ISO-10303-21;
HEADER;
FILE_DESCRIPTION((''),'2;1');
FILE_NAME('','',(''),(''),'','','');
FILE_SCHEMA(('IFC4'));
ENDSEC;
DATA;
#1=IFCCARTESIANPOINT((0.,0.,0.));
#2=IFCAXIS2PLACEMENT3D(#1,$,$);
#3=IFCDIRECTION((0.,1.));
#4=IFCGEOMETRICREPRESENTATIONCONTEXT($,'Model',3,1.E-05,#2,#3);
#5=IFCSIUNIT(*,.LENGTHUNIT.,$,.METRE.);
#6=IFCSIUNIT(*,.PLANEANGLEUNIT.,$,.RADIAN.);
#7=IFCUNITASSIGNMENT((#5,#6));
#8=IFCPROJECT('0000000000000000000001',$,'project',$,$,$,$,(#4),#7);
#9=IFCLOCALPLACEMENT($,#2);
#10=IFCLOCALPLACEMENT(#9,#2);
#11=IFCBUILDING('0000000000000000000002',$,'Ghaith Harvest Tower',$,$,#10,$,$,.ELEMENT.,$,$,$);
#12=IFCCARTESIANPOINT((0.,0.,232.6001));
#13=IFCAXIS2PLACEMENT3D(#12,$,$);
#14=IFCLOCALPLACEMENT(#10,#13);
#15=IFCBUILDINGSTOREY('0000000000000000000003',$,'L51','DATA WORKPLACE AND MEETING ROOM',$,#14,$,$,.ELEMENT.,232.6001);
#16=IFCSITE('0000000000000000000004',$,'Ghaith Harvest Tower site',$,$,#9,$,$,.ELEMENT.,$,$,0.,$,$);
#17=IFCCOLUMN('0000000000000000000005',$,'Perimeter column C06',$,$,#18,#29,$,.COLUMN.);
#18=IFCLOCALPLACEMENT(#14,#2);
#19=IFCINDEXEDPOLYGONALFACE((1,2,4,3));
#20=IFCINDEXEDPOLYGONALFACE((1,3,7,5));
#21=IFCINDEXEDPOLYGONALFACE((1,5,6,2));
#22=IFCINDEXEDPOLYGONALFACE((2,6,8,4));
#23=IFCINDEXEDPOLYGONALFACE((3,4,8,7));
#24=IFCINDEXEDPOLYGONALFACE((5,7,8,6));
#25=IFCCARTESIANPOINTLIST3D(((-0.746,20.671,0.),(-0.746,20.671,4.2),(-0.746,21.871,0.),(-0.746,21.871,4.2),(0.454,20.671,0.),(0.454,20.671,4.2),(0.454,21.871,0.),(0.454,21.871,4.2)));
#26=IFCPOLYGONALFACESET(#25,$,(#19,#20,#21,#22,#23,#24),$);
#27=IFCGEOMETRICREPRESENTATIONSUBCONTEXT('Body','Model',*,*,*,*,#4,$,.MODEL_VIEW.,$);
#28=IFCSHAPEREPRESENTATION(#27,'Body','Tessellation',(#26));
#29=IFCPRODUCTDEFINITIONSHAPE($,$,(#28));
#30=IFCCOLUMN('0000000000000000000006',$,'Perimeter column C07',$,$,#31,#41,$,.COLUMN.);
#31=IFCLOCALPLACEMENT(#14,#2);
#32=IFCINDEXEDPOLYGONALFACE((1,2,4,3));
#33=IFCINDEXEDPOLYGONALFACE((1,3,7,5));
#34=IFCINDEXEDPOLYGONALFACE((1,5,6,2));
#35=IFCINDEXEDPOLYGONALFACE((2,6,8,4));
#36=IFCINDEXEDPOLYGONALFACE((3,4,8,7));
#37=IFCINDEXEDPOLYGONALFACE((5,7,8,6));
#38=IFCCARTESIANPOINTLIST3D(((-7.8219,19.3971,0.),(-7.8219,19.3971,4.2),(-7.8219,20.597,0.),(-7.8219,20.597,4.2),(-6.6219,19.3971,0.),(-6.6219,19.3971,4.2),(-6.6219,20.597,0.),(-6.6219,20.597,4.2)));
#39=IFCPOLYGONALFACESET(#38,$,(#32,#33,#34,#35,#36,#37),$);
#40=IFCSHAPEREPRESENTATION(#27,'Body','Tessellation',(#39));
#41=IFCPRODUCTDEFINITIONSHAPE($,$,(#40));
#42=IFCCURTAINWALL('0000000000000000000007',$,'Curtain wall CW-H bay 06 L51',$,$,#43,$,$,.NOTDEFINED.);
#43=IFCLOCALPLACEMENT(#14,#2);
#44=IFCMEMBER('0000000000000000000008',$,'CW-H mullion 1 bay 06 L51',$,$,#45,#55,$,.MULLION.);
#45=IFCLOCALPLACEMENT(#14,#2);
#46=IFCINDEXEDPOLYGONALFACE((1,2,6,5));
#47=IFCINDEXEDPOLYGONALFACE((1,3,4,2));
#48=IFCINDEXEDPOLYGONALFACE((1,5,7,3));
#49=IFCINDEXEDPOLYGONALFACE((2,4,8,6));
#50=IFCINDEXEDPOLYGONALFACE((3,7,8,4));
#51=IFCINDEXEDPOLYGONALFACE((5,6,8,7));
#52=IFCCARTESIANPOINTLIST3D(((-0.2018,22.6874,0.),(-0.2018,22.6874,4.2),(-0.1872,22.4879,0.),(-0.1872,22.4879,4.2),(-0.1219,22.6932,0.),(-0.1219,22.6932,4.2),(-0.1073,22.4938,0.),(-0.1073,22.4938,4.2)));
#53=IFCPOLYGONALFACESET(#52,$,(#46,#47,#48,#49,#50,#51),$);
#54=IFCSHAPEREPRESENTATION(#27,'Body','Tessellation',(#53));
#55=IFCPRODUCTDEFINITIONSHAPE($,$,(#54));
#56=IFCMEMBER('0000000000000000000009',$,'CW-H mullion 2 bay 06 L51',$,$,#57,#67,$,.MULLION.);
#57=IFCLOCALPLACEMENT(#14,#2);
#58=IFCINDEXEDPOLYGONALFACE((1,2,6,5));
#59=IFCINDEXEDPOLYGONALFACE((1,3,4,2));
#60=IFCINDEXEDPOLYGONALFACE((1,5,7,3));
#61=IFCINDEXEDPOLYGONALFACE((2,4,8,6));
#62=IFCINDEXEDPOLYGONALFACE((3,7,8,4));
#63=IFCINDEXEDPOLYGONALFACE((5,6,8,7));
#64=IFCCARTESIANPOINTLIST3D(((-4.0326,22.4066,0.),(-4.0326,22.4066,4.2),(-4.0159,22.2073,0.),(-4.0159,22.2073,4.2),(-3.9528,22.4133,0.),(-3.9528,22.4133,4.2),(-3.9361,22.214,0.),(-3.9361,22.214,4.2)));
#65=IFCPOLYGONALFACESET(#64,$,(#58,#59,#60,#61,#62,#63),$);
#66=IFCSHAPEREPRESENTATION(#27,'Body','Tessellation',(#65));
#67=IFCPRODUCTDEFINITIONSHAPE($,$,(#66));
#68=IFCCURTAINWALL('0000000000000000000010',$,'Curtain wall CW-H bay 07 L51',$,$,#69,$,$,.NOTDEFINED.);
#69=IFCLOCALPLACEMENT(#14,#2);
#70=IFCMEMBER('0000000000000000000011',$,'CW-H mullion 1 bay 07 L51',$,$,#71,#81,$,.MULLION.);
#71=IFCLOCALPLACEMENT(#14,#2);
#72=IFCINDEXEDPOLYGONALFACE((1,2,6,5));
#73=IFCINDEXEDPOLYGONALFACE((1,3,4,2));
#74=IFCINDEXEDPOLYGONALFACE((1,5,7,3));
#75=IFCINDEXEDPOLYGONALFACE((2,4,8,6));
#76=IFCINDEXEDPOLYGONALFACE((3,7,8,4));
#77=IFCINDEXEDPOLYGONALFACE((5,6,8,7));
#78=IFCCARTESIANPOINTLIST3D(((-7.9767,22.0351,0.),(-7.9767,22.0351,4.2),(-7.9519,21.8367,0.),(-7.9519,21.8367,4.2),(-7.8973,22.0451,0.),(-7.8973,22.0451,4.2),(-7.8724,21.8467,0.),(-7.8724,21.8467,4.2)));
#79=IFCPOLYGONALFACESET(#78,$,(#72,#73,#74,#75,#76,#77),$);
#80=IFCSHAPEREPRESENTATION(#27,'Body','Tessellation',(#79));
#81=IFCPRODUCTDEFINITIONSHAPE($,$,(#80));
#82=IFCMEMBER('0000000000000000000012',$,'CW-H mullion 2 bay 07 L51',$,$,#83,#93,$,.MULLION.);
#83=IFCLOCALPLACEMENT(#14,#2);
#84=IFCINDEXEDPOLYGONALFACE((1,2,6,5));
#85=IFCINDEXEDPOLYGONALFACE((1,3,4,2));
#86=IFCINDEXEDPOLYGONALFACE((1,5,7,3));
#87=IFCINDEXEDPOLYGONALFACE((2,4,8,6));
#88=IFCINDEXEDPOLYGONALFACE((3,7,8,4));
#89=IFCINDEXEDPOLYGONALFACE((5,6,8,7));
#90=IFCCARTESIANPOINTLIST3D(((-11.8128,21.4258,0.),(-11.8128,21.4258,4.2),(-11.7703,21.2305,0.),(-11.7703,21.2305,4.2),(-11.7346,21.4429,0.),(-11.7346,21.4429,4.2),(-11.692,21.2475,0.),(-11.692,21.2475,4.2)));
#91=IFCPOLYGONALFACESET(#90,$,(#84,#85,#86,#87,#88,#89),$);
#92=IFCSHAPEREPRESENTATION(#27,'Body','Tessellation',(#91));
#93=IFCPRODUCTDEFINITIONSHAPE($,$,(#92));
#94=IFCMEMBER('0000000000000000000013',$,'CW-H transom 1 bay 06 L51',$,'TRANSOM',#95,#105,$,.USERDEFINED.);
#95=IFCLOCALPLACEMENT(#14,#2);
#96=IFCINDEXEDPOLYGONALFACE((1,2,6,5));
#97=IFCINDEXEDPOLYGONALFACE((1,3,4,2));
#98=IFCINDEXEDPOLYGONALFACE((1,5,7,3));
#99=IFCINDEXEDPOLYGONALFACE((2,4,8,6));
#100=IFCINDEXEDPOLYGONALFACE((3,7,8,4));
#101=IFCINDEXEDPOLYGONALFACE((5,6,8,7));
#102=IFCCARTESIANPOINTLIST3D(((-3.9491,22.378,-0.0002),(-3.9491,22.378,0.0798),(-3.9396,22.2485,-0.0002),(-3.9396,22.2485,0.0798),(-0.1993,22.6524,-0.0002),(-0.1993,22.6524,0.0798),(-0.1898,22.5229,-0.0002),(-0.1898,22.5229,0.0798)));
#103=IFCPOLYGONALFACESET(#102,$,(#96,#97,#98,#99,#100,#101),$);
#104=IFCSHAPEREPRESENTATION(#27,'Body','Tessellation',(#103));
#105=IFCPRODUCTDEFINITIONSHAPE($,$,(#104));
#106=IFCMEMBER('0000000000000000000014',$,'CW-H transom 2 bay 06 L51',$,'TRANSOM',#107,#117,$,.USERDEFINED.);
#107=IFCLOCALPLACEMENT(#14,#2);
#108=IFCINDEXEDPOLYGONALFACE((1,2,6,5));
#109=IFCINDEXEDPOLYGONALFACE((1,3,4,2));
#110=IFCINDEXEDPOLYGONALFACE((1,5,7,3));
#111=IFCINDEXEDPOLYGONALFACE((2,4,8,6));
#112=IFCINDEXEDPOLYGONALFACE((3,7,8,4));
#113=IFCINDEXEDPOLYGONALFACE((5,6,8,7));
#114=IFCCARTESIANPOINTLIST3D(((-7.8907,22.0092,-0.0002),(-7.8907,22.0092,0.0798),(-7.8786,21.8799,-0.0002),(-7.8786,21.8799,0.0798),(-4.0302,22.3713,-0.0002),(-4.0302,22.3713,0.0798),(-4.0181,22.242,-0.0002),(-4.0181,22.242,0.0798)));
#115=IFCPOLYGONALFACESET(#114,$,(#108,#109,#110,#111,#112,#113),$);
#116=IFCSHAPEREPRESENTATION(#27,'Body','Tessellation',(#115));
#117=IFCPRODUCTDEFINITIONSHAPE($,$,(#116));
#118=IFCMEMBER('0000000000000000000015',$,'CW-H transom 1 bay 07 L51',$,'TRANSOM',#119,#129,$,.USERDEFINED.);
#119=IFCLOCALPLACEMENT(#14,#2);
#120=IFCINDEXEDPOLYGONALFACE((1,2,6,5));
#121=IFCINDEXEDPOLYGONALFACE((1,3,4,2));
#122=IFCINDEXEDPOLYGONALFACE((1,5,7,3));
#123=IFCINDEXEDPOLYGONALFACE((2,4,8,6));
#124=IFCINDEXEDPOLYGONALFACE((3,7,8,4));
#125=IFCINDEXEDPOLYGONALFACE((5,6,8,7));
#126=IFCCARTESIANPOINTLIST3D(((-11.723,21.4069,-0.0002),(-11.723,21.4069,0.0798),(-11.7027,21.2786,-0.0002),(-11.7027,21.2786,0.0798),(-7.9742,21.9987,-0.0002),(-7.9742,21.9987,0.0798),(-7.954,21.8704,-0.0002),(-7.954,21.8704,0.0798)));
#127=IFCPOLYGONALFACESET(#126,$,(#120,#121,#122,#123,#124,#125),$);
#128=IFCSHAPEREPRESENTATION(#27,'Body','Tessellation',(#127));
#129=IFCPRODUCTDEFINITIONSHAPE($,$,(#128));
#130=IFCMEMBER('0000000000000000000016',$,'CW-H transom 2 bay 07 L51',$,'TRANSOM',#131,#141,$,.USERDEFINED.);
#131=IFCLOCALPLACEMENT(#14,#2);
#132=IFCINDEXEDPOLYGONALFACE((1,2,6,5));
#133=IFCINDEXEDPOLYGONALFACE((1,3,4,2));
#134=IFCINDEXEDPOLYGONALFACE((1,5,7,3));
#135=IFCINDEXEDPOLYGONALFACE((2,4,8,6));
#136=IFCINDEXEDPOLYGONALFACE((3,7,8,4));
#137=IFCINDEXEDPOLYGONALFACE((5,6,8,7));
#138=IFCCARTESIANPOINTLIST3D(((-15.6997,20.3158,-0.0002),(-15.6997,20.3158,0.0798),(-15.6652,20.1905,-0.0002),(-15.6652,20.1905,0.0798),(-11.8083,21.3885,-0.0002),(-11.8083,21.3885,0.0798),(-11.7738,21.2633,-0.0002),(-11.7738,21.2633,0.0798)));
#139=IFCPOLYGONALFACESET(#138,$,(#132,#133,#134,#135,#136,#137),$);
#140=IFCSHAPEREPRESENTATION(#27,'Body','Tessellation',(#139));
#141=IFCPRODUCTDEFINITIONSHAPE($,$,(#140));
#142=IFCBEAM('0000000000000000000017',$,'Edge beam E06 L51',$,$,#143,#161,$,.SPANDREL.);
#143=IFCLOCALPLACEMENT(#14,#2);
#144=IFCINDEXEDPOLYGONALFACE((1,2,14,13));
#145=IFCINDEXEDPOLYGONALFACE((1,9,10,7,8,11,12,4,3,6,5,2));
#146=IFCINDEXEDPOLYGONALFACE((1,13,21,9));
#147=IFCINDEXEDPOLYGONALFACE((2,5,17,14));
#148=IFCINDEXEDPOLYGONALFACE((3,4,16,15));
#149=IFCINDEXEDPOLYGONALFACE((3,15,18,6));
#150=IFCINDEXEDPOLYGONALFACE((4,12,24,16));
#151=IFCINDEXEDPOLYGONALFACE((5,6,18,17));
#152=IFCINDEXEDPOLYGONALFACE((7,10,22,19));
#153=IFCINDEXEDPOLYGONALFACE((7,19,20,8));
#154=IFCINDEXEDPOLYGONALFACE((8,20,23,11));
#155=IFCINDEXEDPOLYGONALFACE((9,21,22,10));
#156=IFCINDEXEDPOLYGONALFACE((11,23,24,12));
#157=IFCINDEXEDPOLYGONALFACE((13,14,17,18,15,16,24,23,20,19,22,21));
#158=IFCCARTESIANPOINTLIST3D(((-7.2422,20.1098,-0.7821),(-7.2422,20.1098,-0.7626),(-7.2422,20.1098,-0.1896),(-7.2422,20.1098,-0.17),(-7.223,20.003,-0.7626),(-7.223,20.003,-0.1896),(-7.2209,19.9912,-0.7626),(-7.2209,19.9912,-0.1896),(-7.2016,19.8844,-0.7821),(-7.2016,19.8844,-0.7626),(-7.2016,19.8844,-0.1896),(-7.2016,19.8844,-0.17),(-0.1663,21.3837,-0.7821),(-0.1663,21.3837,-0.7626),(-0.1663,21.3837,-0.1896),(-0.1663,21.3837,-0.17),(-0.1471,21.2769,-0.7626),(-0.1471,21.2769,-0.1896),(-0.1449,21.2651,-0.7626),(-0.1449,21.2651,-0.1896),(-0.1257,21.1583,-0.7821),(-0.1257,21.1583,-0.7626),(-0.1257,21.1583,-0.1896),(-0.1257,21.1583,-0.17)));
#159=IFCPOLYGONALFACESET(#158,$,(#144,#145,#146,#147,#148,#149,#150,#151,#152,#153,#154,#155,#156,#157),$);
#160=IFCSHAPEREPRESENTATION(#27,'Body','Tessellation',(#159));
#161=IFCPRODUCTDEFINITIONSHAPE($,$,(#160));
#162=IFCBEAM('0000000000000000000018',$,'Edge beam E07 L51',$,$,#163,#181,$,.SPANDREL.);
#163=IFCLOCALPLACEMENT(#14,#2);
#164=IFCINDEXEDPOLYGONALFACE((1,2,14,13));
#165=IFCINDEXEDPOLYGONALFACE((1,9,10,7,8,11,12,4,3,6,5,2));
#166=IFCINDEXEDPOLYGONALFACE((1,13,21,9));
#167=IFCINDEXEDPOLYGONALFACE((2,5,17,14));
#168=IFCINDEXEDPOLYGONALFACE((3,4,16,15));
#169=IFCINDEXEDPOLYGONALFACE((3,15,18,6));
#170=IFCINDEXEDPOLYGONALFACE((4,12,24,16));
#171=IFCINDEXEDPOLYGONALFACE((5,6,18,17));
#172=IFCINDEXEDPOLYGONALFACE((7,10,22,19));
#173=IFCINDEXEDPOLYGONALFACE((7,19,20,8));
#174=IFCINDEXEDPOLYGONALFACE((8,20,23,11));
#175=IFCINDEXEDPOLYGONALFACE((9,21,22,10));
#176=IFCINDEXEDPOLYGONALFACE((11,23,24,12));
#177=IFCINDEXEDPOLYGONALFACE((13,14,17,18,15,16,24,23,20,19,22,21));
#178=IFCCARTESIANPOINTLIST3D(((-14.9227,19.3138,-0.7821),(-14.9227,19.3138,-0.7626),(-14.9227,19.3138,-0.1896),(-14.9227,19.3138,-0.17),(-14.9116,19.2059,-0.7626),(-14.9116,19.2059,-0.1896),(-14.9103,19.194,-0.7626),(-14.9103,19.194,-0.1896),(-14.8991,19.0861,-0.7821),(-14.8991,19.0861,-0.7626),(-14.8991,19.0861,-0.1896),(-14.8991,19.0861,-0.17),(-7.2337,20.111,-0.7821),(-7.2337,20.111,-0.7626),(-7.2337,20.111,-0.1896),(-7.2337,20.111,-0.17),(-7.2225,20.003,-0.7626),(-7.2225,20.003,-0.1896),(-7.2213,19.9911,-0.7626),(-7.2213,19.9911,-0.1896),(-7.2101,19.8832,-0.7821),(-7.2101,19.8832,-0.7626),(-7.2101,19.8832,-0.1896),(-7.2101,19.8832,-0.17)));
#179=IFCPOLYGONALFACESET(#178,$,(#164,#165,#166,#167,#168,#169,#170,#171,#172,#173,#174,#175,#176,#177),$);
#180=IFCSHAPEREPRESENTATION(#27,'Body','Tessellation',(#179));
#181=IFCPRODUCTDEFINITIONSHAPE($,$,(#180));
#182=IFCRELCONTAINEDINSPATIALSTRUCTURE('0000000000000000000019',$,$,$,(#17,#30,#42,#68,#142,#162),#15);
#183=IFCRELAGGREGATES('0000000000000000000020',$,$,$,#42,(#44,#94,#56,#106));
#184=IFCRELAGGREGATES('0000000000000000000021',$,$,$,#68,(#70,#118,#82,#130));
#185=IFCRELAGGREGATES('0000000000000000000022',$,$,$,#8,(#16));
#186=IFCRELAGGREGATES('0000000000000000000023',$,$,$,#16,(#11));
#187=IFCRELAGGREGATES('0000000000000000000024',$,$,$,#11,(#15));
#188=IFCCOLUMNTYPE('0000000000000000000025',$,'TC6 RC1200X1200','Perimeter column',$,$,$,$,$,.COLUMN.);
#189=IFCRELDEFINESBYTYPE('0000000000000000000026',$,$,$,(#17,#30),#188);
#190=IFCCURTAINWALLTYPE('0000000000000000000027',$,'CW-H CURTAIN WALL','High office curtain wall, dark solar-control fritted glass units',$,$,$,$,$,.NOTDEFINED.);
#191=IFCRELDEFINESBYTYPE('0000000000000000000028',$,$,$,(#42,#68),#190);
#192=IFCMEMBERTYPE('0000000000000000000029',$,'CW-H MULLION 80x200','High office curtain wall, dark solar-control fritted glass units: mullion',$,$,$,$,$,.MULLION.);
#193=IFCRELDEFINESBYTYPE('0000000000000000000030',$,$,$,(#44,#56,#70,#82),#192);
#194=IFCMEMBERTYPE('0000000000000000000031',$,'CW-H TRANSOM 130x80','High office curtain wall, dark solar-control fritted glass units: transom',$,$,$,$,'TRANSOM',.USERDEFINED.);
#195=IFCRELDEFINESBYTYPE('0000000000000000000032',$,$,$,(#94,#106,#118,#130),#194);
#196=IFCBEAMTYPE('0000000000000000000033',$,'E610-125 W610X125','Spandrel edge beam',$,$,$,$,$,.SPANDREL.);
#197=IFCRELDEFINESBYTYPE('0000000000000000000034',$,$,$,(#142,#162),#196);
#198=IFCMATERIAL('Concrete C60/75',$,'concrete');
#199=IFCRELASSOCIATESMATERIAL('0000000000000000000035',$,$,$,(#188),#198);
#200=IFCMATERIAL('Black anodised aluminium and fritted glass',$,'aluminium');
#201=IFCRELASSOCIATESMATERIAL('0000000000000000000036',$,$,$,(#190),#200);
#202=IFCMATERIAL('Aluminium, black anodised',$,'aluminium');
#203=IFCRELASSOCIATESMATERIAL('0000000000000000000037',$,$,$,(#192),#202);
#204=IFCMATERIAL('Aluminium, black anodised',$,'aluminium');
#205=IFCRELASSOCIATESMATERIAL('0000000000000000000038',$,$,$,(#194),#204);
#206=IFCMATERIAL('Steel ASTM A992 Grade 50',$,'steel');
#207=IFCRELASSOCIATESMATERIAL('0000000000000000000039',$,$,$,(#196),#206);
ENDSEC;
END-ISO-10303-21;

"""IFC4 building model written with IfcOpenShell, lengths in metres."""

from ifc_helpers import new_model, si_unit, direction, frame, origin, origin_2d, place, context, subcontext, project, spatial, rectangle, i_section, extrude, material, material_profile, profile_set, type_object, element, aggregate, save


model = new_model("IFC4")

# Units and contexts
model_context = context("Model", 3, precision=1e-05, world=origin(), true_north=direction((0.0, 1.0)))
body_context = subcontext(model_context, "Body", "Model", "MODEL_VIEW")
ifc_project = project(units=[si_unit("LENGTHUNIT", "METRE"), si_unit("PLANEANGLEUNIT", "RADIAN")], contexts=[model_context])

# Site, building, storey
site_placement = place(None, origin())
site = spatial("IfcSite", under=ifc_project, at=site_placement, Name="Ghaith Harvest Tower site", CompositionType="ELEMENT", RefElevation=0.0)
building_placement = place(site_placement, origin())
building = spatial("IfcBuilding", under=site, at=building_placement, Name="Ghaith Harvest Tower", CompositionType="ELEMENT")
storey_placement = place(building_placement, frame((0.0, 0.0, 232.6001)))
storey = spatial("IfcBuildingStorey", under=building, at=storey_placement, Name="L51", Description="DATA WORKPLACE AND MEETING ROOM", CompositionType="ELEMENT", Elevation=232.6001)

# Columns
ifc_material_1 = material(Name="Concrete C60/75", Category="concrete")
ifc_material_profile_1 = material_profile(ifc_material_1, rectangle(XDim=1.2, YDim=1.2, at=origin_2d()), Name="RC1200X1200")
ifc_profile_set_1 = profile_set([ifc_material_profile_1], Name="Concrete C60/75")
column_type = type_object("IfcColumnType", Name="TC6 RC1200X1200", Description="Perimeter column", PredefinedType="COLUMN", material=ifc_profile_set_1)
for number, where, z_axis, x_axis, name in (
    (1, (-0.146, 21.271, 0.0), (0.0, 0.0, 1.0), (1.0, 0.0, 0.0), "Perimeter column C06"),
    (2, (-7.2219, 19.9971, 0.0), (0.0, 0.0, 1.0), (1.0, 0.0, 0.0), "Perimeter column C07"),
):
    element("IfcColumn", number, at=place(storey_placement, frame(where, z_axis=z_axis, x_axis=x_axis)), inside=storey, type_object=column_type, Name=name, PredefinedType="COLUMN", context=body_context, shape_type="SweptSolid", body=[
        extrude(rectangle(XDim=1.2, YDim=1.2, at=origin_2d()), origin(), (0.0, 0.0, 1.0), 4.2),
    ])

# Curtain walls, members
ifc_material_2 = material(Name="Black anodised aluminium and fritted glass", Category="aluminium")
curtain_wall_type = type_object("IfcCurtainWallType", Name="CW-H CURTAIN WALL", Description="High office curtain wall, dark solar-control fritted glass units", PredefinedType="NOTDEFINED", material=ifc_material_2)
curtain_wall_1_placement = place(storey_placement, origin())
curtain_wall_1 = element("IfcCurtainWall", 3, at=curtain_wall_1_placement, inside=storey, type_object=curtain_wall_type, Name="Curtain wall CW-H bay 06 L51", PredefinedType="NOTDEFINED")
ifc_material_3 = material(Name="Aluminium, black anodised", Category="aluminium")
ifc_material_profile_2 = material_profile(ifc_material_3, rectangle(XDim=0.0801, YDim=0.2, at=origin_2d()), Name="CW-H MULLION 80x200")
ifc_profile_set_2 = profile_set([ifc_material_profile_2], Name="Aluminium, black anodised")
member_type_1 = type_object("IfcMemberType", Name="CW-H MULLION 80x200", Description="High office curtain wall, dark solar-control fritted glass units: mullion", PredefinedType="MULLION", material=ifc_profile_set_2)
member_1_placement = place(storey_placement, frame((-0.1545, 22.5906, 0.0), z_axis=(0.0, 0.0, 1.0), x_axis=(-0.997329, -0.073037, 0.0)))
member_1 = element("IfcMember", 4, at=member_1_placement, type_object=member_type_1, Name="CW-H mullion 1 bay 06 L51", PredefinedType="MULLION", context=body_context, shape_type="SweptSolid", body=[
    extrude(rectangle(XDim=0.0801, YDim=0.2, at=origin_2d()), origin(), (0.0, 0.0, 1.0), 4.2),
])
member_2_placement = place(storey_placement, frame((-3.9844, 22.3103, 0.0), z_axis=(0.0, 0.0, 1.0), x_axis=(-0.996523, -0.083324, 0.0)))
member_2 = element("IfcMember", 5, at=member_2_placement, type_object=member_type_1, Name="CW-H mullion 2 bay 06 L51", PredefinedType="MULLION", context=body_context, shape_type="SweptSolid", body=[
    extrude(rectangle(XDim=0.0801, YDim=0.2, at=origin_2d()), origin(), (0.0, 0.0, 1.0), 4.2),
])
curtain_wall_2_placement = place(storey_placement, origin())
curtain_wall_2 = element("IfcCurtainWall", 6, at=curtain_wall_2_placement, inside=storey, type_object=curtain_wall_type, Name="Curtain wall CW-H bay 07 L51", PredefinedType="NOTDEFINED")
member_3_placement = place(storey_placement, frame((-7.9246, 21.9409, 0.0), z_axis=(0.0, 0.0, 1.0), x_axis=(-0.992235, -0.124373, 0.0)))
member_3 = element("IfcMember", 7, at=member_3_placement, type_object=member_type_1, Name="CW-H mullion 1 bay 07 L51", PredefinedType="MULLION", context=body_context, shape_type="SweptSolid", body=[
    extrude(rectangle(XDim=0.0801, YDim=0.2, at=origin_2d()), origin(), (0.0, 0.0, 1.0), 4.2),
])
member_4_placement = place(storey_placement, frame((-11.7524, 21.3367, 0.0), z_axis=(0.0, 0.0, 1.0), x_axis=(-0.977086, -0.212843, 0.0)))
member_4 = element("IfcMember", 8, at=member_4_placement, type_object=member_type_1, Name="CW-H mullion 2 bay 07 L51", PredefinedType="MULLION", context=body_context, shape_type="SweptSolid", body=[
    extrude(rectangle(XDim=0.0801, YDim=0.2, at=origin_2d()), origin(), (0.0, 0.0, 1.0), 4.2),
])

# Members
ifc_material_4 = material(Name="Aluminium, black anodised", Category="aluminium")
ifc_material_profile_3 = material_profile(ifc_material_4, rectangle(XDim=0.1299, YDim=0.0801, at=origin_2d()), Name="CW-H TRANSOM 130x80")
ifc_profile_set_3 = profile_set([ifc_material_profile_3], Name="Aluminium, black anodised")
member_type_2 = type_object("IfcMemberType", Name="CW-H TRANSOM 130x80", Description="High office curtain wall, dark solar-control fritted glass units: transom", ElementType="TRANSOM", PredefinedType="USERDEFINED", material=ifc_profile_set_3)
member_5_placement = place(storey_placement, frame((-0.1946, 22.5876, 0.0398), z_axis=(-0.997333, -0.072987, 0.0), x_axis=(0.072987, -0.997333, 0.0)))
member_5 = element("IfcMember", 9, at=member_5_placement, type_object=member_type_2, Name="CW-H transom 1 bay 06 L51", ObjectType="TRANSOM", PredefinedType="USERDEFINED", context=body_context, shape_type="SweptSolid", body=[
    extrude(rectangle(XDim=0.1299, YDim=0.0801, at=origin_2d()), origin(), (0.0, 0.0, 1.0), 3.7598),
])
member_6_placement = place(storey_placement, frame((-4.0242, 22.3066, 0.0398), z_axis=(-0.995631, -0.093374, 0.0), x_axis=(0.093374, -0.995631, 0.0)))
member_6 = element("IfcMember", 10, at=member_6_placement, type_object=member_type_2, Name="CW-H transom 2 bay 06 L51", ObjectType="TRANSOM", PredefinedType="USERDEFINED", context=body_context, shape_type="SweptSolid", body=[
    extrude(rectangle(XDim=0.1299, YDim=0.0801, at=origin_2d()), origin(), (0.0, 0.0, 1.0), 3.8774),
])
member_7_placement = place(storey_placement, frame((-7.9641, 21.9346, 0.0398), z_axis=(-0.987768, -0.155933, 0.0), x_axis=(0.155933, -0.987768, 0.0)))
member_7 = element("IfcMember", 11, at=member_7_placement, type_object=member_type_2, Name="CW-H transom 1 bay 07 L51", ObjectType="TRANSOM", PredefinedType="USERDEFINED", context=body_context, shape_type="SweptSolid", body=[
    extrude(rectangle(XDim=0.1299, YDim=0.0801, at=origin_2d()), origin(), (0.0, 0.0, 1.0), 3.7952),
])
member_8_placement = place(storey_placement, frame((-11.791, 21.3259, 0.0398), z_axis=(-0.964039, -0.265762, 0.0), x_axis=(0.265762, -0.964039, 0.0)))
member_8 = element("IfcMember", 12, at=member_8_placement, type_object=member_type_2, Name="CW-H transom 2 bay 07 L51", ObjectType="TRANSOM", PredefinedType="USERDEFINED", context=body_context, shape_type="SweptSolid", body=[
    extrude(rectangle(XDim=0.1299, YDim=0.0801, at=origin_2d()), origin(), (0.0, 0.0, 1.0), 4.0366),
])

# Beams
ifc_material_5 = material(Name="Steel ASTM A992 Grade 50", Category="steel")
ifc_material_profile_4 = material_profile(ifc_material_5, i_section(OverallWidth=0.229, OverallDepth=0.6121, WebThickness=0.012, FlangeThickness=0.0195, at=origin_2d()), Name="W610X125")
ifc_profile_set_4 = profile_set([ifc_material_profile_4], Name="Steel ASTM A992 Grade 50")
beam_type_1 = type_object("IfcBeamType", Name="E610-125 W610X125", Description="Spandrel edge beam", PredefinedType="SPANDREL", material=ifc_profile_set_4)
beam_1_placement = place(storey_placement, frame((-0.146, 21.271, -0.4761), z_axis=(-0.984177, -0.177188, 0.0), x_axis=(0.177188, -0.984177, 0.0)))
element("IfcBeam", 13, at=beam_1_placement, inside=storey, type_object=beam_type_1, Name="Edge beam E06 L51", PredefinedType="SPANDREL", context=body_context, shape_type="SweptSolid", body=[
    extrude(i_section(OverallWidth=0.229, OverallDepth=0.6121, WebThickness=0.012, FlangeThickness=0.0195, at=origin_2d()), origin(), (0.0, 0.0, 1.0), 7.1897),
])
beam_2_placement = place(storey_placement, frame((-7.2219, 19.9971, -0.4761), z_axis=(-0.994669, -0.103118, 0.0), x_axis=(0.103118, -0.994669, 0.0)))
element("IfcBeam", 14, at=beam_2_placement, inside=storey, type_object=beam_type_1, Name="Edge beam E07 L51", PredefinedType="SPANDREL", context=body_context, shape_type="SweptSolid", body=[
    extrude(i_section(OverallWidth=0.229, OverallDepth=0.6121, WebThickness=0.012, FlangeThickness=0.0195, at=origin_2d()), origin(), (0.0, 0.0, 1.0), 7.7302),
])

aggregate(curtain_wall_1, [member_1, member_5, member_2, member_6])
aggregate(curtain_wall_2, [member_3, member_7, member_4, member_8])

save(model, "model.ifc")
